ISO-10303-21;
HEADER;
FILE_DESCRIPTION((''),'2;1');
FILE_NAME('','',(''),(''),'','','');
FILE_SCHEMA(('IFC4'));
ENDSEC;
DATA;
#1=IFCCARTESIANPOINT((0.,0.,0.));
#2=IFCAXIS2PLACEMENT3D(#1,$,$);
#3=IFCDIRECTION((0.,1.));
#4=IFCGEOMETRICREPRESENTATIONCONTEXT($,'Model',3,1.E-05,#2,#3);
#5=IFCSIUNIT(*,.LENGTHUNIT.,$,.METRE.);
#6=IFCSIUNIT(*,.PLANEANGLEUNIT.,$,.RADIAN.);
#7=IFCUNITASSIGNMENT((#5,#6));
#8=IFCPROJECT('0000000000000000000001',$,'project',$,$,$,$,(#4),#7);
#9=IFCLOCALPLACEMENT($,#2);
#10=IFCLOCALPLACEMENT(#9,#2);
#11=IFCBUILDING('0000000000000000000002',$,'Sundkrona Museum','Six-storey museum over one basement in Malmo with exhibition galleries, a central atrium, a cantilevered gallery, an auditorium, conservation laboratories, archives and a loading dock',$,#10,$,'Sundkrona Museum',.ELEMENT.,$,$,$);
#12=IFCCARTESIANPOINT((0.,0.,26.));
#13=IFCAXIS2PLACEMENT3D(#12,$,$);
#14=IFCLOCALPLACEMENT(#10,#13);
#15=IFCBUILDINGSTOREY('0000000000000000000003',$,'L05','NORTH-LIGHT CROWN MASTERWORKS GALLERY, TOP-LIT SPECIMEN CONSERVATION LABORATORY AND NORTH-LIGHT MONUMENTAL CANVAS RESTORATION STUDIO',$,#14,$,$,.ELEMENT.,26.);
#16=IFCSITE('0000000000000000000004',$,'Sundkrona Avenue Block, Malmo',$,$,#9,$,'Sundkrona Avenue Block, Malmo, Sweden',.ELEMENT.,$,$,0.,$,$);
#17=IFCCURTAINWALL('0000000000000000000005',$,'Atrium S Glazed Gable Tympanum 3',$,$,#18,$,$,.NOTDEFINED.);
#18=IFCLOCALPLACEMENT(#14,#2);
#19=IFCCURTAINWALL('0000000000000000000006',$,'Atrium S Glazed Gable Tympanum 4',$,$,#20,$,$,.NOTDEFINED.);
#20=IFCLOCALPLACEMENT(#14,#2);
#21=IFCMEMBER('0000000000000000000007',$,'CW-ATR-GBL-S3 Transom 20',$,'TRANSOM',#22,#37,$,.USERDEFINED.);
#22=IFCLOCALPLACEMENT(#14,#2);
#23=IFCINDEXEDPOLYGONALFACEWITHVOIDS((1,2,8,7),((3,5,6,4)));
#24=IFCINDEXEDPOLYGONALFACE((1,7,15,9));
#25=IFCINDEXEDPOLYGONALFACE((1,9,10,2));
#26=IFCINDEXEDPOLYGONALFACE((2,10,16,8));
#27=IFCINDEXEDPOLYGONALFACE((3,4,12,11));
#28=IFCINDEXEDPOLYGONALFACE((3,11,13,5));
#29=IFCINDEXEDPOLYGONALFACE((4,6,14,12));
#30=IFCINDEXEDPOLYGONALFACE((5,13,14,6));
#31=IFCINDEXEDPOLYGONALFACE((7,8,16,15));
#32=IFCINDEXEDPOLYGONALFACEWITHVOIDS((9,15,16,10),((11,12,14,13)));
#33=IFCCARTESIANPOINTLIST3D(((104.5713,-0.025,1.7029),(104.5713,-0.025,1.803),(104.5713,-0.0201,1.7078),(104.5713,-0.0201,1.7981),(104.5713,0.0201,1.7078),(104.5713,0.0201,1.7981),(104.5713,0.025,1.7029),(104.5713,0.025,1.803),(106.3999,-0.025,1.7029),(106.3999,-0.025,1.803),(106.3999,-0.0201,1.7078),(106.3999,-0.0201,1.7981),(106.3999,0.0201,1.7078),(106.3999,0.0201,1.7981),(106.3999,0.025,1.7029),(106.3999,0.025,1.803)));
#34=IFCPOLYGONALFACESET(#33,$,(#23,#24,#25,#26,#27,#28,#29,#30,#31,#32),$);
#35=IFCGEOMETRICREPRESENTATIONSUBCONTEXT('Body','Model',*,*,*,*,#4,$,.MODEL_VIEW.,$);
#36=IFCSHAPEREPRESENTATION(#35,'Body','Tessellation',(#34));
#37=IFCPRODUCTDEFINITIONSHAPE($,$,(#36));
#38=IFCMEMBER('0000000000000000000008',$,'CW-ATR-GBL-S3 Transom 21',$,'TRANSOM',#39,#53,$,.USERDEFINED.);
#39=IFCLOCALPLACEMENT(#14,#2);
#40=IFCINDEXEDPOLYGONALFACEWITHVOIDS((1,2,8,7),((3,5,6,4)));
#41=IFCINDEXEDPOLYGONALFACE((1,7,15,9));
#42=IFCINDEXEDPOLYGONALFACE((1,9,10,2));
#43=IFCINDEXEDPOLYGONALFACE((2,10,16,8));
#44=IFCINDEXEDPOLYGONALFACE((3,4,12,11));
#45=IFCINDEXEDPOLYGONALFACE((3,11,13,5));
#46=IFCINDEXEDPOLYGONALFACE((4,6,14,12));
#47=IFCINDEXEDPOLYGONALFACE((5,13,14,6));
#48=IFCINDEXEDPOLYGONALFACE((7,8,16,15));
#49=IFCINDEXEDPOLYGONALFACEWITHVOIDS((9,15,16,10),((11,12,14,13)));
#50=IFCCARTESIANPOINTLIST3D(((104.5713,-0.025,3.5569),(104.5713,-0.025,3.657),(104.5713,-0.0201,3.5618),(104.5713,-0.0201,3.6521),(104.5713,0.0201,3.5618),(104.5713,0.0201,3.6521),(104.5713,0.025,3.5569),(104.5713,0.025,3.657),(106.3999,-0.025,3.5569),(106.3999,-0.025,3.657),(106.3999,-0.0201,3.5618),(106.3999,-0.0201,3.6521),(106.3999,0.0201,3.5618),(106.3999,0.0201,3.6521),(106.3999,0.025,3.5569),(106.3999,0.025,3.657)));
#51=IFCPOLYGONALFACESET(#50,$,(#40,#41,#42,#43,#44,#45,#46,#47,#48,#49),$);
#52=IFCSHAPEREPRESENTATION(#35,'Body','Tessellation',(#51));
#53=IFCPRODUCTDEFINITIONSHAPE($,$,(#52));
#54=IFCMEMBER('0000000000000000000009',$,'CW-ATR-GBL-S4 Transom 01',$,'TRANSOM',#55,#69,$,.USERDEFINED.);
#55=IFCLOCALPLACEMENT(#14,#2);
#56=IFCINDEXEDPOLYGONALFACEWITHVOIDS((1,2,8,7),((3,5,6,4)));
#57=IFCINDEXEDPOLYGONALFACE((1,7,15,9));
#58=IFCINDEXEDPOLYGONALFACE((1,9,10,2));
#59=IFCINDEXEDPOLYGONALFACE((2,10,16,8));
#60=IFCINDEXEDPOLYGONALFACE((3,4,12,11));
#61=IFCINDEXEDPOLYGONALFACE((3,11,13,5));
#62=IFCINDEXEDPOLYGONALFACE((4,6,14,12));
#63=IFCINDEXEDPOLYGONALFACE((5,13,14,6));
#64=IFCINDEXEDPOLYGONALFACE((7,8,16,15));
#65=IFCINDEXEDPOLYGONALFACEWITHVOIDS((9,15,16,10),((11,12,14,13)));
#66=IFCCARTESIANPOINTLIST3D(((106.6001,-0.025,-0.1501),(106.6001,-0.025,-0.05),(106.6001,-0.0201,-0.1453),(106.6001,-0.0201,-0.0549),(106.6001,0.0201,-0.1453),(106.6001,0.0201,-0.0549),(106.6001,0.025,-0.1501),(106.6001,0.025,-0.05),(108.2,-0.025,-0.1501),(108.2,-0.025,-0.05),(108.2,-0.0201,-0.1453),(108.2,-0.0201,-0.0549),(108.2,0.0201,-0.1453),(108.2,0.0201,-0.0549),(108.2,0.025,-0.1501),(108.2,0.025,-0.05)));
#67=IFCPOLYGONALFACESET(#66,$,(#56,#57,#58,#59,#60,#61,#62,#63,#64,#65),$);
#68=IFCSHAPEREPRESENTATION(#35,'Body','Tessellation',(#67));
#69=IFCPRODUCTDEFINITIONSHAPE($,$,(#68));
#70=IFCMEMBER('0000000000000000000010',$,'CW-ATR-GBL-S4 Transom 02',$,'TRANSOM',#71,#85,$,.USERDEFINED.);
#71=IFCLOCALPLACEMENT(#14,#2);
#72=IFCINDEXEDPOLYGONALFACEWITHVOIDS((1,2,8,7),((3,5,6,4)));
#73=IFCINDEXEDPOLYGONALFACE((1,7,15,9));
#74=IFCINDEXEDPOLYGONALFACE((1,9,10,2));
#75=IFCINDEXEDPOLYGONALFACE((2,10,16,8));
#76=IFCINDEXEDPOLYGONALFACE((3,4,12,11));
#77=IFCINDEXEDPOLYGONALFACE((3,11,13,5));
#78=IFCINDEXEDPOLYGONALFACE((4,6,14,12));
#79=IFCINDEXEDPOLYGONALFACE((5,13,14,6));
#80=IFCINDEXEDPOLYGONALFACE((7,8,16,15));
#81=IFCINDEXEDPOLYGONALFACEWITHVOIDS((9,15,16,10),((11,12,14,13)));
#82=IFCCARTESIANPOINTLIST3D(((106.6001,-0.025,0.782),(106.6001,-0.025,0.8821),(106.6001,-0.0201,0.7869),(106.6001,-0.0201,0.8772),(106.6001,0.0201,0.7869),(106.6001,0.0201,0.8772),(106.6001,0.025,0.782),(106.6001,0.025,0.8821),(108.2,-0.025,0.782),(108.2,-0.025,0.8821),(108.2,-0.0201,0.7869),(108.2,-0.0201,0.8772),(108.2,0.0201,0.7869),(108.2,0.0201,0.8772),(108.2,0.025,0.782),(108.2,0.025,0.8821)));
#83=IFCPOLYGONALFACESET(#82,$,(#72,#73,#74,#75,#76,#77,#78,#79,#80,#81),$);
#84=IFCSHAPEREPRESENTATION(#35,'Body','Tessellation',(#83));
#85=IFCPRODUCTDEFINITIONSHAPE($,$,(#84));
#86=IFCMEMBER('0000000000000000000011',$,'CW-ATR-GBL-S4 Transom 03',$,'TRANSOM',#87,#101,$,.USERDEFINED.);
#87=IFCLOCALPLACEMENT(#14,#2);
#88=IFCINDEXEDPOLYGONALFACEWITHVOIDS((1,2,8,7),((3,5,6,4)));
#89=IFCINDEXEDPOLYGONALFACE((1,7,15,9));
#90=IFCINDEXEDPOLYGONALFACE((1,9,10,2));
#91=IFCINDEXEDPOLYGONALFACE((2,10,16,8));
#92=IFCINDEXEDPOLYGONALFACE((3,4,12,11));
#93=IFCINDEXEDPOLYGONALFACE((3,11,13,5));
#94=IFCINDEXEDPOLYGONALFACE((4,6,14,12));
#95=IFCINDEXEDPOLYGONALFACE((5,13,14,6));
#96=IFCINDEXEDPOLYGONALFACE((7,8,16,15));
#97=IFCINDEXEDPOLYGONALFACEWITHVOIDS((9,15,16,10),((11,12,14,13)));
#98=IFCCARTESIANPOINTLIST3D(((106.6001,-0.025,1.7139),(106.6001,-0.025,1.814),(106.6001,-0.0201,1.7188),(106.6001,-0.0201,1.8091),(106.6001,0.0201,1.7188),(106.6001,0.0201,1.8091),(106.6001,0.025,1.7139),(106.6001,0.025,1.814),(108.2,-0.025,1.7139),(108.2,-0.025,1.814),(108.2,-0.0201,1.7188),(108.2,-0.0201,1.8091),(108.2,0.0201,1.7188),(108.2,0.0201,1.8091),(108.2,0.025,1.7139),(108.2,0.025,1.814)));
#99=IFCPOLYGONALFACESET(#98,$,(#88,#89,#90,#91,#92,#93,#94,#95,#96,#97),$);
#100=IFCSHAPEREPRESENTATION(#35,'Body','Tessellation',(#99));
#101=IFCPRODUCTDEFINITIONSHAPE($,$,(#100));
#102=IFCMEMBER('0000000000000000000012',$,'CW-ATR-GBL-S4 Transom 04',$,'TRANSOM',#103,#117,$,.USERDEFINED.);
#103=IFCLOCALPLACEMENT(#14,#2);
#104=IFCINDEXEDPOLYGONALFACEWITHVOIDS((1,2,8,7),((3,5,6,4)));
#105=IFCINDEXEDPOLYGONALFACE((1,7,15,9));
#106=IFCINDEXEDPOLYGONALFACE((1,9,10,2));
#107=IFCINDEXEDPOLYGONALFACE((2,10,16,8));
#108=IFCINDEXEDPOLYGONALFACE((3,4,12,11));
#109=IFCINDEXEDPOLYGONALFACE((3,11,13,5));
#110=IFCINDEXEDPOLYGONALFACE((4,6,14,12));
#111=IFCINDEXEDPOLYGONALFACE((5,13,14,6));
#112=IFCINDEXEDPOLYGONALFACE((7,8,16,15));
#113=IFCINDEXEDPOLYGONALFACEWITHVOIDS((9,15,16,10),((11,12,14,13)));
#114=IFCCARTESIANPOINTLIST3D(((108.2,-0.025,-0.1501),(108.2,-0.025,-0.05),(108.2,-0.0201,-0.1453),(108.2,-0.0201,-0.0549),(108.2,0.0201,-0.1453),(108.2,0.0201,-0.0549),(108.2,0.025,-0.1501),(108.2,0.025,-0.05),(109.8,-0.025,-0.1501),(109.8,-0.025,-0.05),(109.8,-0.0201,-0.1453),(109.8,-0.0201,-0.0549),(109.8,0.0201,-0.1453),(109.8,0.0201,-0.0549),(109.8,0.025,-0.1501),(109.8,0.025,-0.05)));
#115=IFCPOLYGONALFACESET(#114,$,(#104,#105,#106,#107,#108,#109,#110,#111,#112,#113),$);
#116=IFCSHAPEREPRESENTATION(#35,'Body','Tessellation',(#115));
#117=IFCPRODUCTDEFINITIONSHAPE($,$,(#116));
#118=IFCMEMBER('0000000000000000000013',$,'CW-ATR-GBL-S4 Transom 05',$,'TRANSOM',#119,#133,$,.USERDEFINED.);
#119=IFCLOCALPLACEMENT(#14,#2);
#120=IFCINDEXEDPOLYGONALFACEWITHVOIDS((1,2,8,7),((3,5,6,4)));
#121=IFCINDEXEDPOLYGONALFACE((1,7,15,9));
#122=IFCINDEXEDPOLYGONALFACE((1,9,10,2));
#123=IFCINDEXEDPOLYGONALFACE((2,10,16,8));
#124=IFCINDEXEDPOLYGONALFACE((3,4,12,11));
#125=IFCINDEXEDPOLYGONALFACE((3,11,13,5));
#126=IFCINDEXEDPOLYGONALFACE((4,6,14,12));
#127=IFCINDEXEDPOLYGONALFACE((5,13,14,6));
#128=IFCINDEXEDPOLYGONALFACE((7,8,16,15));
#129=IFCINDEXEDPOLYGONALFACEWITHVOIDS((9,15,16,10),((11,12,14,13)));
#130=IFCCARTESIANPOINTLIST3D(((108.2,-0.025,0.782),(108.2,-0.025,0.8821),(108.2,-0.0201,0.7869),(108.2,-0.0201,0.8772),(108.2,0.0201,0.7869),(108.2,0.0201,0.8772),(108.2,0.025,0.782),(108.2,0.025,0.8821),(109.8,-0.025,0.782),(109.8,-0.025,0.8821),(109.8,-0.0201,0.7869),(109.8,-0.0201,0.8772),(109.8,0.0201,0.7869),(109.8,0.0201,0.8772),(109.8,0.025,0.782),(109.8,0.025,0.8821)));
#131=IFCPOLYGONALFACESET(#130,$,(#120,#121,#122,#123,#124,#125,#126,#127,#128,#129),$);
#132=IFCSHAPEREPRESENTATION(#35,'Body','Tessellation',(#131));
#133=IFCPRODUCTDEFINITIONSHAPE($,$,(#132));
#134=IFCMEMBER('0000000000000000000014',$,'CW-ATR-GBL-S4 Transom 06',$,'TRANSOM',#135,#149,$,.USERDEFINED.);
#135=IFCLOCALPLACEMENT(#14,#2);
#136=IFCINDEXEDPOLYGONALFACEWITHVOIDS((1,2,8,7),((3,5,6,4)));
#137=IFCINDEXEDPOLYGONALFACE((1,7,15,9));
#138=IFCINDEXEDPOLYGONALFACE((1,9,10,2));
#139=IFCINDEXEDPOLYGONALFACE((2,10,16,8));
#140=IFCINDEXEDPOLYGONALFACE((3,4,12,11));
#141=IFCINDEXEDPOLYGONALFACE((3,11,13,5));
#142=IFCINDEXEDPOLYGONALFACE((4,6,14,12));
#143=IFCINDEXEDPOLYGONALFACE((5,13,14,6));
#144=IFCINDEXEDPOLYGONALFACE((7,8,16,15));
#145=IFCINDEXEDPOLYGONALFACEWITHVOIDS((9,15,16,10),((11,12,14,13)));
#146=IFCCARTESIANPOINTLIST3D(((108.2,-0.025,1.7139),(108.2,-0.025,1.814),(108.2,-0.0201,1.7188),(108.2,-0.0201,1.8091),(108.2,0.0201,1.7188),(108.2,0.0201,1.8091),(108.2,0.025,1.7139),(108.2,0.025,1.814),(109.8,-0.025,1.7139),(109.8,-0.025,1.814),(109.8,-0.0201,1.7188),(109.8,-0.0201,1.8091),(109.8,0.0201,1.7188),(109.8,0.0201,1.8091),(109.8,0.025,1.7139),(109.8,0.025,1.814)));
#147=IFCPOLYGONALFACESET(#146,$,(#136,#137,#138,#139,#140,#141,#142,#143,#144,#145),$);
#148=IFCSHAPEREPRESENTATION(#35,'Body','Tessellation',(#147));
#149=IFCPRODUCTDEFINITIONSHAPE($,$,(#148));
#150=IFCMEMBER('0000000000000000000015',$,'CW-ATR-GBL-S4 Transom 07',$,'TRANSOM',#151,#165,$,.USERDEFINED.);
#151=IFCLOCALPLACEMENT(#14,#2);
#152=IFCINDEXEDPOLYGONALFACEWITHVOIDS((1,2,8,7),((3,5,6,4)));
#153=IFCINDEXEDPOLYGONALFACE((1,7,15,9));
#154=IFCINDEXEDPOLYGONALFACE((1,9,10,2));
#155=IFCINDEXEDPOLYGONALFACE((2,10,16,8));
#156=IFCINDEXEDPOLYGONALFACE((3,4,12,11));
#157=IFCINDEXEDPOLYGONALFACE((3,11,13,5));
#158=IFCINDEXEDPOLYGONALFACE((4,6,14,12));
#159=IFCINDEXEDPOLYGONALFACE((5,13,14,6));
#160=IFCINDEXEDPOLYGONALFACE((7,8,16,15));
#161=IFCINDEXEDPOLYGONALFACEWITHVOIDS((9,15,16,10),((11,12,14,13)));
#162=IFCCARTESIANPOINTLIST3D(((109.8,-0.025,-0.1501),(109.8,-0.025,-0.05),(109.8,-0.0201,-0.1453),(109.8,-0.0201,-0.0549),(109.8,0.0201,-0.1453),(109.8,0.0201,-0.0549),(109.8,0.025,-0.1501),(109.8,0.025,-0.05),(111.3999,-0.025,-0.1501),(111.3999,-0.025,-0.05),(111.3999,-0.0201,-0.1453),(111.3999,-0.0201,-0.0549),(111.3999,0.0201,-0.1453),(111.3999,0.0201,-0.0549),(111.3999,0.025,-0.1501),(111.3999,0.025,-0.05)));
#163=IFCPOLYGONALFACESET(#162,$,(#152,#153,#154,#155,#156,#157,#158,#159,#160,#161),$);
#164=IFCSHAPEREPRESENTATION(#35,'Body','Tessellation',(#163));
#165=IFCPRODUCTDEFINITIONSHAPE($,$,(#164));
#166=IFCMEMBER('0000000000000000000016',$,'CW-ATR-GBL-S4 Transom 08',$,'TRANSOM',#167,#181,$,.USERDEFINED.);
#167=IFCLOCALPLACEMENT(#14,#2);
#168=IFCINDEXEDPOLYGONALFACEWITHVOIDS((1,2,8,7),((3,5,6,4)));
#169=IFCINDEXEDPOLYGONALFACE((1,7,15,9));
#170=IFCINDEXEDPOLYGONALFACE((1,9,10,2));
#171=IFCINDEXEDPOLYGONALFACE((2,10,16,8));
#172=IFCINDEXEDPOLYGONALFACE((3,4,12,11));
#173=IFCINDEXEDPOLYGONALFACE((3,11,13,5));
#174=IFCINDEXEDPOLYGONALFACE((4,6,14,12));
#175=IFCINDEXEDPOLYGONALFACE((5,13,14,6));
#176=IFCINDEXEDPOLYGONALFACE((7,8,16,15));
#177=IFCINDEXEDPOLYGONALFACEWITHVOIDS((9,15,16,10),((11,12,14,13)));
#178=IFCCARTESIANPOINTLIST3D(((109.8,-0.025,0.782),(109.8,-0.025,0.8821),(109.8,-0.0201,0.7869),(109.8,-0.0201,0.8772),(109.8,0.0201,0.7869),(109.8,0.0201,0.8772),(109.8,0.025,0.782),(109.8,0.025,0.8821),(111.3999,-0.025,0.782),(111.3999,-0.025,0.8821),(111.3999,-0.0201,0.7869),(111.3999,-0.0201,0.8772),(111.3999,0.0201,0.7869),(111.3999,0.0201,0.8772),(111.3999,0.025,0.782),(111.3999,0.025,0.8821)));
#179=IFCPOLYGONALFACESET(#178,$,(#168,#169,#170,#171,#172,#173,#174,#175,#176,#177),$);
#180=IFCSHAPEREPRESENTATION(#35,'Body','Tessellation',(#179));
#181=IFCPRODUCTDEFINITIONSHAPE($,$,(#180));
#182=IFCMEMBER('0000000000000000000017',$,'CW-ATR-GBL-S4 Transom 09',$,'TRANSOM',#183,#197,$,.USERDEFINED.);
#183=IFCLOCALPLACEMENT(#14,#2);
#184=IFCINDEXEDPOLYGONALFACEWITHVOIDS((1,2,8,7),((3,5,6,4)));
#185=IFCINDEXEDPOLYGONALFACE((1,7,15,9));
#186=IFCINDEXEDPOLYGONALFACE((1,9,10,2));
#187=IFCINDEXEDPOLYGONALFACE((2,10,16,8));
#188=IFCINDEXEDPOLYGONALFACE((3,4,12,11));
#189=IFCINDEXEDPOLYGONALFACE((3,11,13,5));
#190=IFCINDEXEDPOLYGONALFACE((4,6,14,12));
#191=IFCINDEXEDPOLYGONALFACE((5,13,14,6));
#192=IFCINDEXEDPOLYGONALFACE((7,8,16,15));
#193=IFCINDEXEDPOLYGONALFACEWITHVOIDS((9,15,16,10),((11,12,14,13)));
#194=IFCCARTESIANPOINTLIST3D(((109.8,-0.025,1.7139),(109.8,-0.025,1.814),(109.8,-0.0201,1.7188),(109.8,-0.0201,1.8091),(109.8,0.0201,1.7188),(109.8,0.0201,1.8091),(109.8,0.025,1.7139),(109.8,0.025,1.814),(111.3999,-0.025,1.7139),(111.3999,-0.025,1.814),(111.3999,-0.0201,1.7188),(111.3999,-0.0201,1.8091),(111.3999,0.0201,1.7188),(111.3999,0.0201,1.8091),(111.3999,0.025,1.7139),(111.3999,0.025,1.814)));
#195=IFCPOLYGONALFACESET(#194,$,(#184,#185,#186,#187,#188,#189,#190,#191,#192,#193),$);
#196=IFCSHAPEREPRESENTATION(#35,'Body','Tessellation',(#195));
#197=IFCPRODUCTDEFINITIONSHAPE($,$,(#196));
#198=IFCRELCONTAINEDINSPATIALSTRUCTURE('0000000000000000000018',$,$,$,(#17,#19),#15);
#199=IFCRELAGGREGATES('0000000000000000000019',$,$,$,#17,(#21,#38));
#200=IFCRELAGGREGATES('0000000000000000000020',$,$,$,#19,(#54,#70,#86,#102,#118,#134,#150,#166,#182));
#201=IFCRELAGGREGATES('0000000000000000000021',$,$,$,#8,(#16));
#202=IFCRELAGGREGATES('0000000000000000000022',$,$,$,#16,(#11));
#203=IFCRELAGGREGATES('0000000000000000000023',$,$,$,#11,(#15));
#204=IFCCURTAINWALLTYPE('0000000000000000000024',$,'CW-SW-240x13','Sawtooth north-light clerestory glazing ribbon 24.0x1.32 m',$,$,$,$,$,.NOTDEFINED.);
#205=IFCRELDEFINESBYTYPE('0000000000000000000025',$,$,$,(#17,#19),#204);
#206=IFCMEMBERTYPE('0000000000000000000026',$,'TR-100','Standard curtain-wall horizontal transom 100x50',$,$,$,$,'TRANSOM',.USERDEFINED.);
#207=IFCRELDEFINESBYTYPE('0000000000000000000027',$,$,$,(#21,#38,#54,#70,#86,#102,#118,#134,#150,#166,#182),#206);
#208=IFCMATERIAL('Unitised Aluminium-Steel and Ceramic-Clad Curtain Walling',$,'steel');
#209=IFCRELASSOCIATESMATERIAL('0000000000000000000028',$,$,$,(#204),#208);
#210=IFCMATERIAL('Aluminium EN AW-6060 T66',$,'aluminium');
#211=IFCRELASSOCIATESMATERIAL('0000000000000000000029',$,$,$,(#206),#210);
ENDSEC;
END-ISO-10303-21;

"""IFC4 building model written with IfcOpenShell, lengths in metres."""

from ifc_helpers import new_model, si_unit, direction, frame, origin, origin_2d, place, context, subcontext, project, spatial, hollow_rectangle, extrude, material, material_profile, profile_set, type_object, element, aggregate, save


model = new_model("IFC4")

# Units and contexts
model_context = context("Model", 3, precision=1e-05, world=origin(), true_north=direction((0.0, 1.0)))
body_context = subcontext(model_context, "Body", "Model", "MODEL_VIEW")
ifc_project = project(units=[si_unit("LENGTHUNIT", "METRE"), si_unit("PLANEANGLEUNIT", "RADIAN")], contexts=[model_context])

# Site, building, storey
site_placement = place(None, origin())
site = spatial("IfcSite", under=ifc_project, at=site_placement, Name="Sundkrona Avenue Block, Malmo", LongName="Sundkrona Avenue Block, Malmo, Sweden", CompositionType="ELEMENT", RefElevation=0.0)
building_placement = place(site_placement, origin())
building = spatial("IfcBuilding", under=site, at=building_placement, Name="Sundkrona Museum", Description="Six-storey museum over one basement in Malmo with exhibition galleries, a central atrium, a cantilevered gallery, an auditorium, conservation laboratories, archives and a loading dock", LongName="Sundkrona Museum", CompositionType="ELEMENT")
storey_placement = place(building_placement, frame((0.0, 0.0, 26.0)))
storey = spatial("IfcBuildingStorey", under=building, at=storey_placement, Name="L05", Description="NORTH-LIGHT CROWN MASTERWORKS GALLERY, TOP-LIT SPECIMEN CONSERVATION LABORATORY AND NORTH-LIGHT MONUMENTAL CANVAS RESTORATION STUDIO", CompositionType="ELEMENT", Elevation=26.0)

# Curtain wall
ifc_material_1 = material(Name="Unitised Aluminium-Steel and Ceramic-Clad Curtain Walling", Category="steel")
curtain_wall_type = type_object("IfcCurtainWallType", Name="CW-SW-240x13", Description="Sawtooth north-light clerestory glazing ribbon 24.0x1.32 m", PredefinedType="NOTDEFINED", material=ifc_material_1)
curtain_wall_1_placement = place(storey_placement, origin())
curtain_wall_1 = element("IfcCurtainWall", 1, at=curtain_wall_1_placement, inside=storey, type_object=curtain_wall_type, Name="Atrium S Glazed Gable Tympanum 3", PredefinedType="NOTDEFINED")
ifc_material_2 = material(Name="Aluminium EN AW-6060 T66", Category="aluminium")

# Curtain wall
curtain_wall_2_placement = place(storey_placement, origin())
curtain_wall_2 = element("IfcCurtainWall", 2, at=curtain_wall_2_placement, inside=storey, type_object=curtain_wall_type, Name="Atrium S Glazed Gable Tympanum 4", PredefinedType="NOTDEFINED")

# Members
ifc_material_profile_1 = material_profile(ifc_material_2, hollow_rectangle(XDim=0.05, YDim=0.1001, WallThickness=0.0049, at=origin_2d()), Name="RHS 100x50x5.0")
ifc_profile_set_1 = profile_set([ifc_material_profile_1], Name="Aluminium EN AW-6060 T66")
member_type_1 = type_object("IfcMemberType", Name="TR-100", Description="Standard curtain-wall horizontal transom 100x50", ElementType="TRANSOM", PredefinedType="USERDEFINED", material=ifc_profile_set_1)
member_1_placement = place(storey_placement, frame((104.5713, 0.0, 1.7529), z_axis=(1.0, 0.0, 0.0), x_axis=(0.0, 1.0, 0.0)))
member_1 = element("IfcMember", 3, at=member_1_placement, type_object=member_type_1, Name="CW-ATR-GBL-S3 Transom 20", ObjectType="TRANSOM", PredefinedType="USERDEFINED", context=body_context, shape_type="SweptSolid", body=[
    extrude(hollow_rectangle(XDim=0.05, YDim=0.1001, WallThickness=0.0049, at=origin_2d()), origin(), (0.0, 0.0, 1.0), 1.8286),
])
member_2_placement = place(storey_placement, frame((104.5713, 0.0, 3.6069), z_axis=(1.0, 0.0, 0.0), x_axis=(0.0, 1.0, 0.0)))
member_2 = element("IfcMember", 4, at=member_2_placement, type_object=member_type_1, Name="CW-ATR-GBL-S3 Transom 21", ObjectType="TRANSOM", PredefinedType="USERDEFINED", context=body_context, shape_type="SweptSolid", body=[
    extrude(hollow_rectangle(XDim=0.05, YDim=0.1001, WallThickness=0.0049, at=origin_2d()), origin(), (0.0, 0.0, 1.0), 1.8286),
])
member_3_placement = place(storey_placement, frame((106.6001, 0.0, -0.1001), z_axis=(1.0, 0.0, 0.0), x_axis=(0.0, 1.0, 0.0)))
member_3 = element("IfcMember", 5, at=member_3_placement, type_object=member_type_1, Name="CW-ATR-GBL-S4 Transom 01", ObjectType="TRANSOM", PredefinedType="USERDEFINED", context=body_context, shape_type="SweptSolid", body=[
    extrude(hollow_rectangle(XDim=0.05, YDim=0.1001, WallThickness=0.0049, at=origin_2d()), origin(), (0.0, 0.0, 1.0), 1.5999),
])
member_4_placement = place(storey_placement, frame((106.6001, 0.0, 0.832), z_axis=(1.0, 0.0, 0.0), x_axis=(0.0, 1.0, 0.0)))
member_4 = element("IfcMember", 6, at=member_4_placement, type_object=member_type_1, Name="CW-ATR-GBL-S4 Transom 02", ObjectType="TRANSOM", PredefinedType="USERDEFINED", context=body_context, shape_type="SweptSolid", body=[
    extrude(hollow_rectangle(XDim=0.05, YDim=0.1001, WallThickness=0.0049, at=origin_2d()), origin(), (0.0, 0.0, 1.0), 1.5999),
])
member_5_placement = place(storey_placement, frame((106.6001, 0.0, 1.7639), z_axis=(1.0, 0.0, 0.0), x_axis=(0.0, 1.0, 0.0)))
member_5 = element("IfcMember", 7, at=member_5_placement, type_object=member_type_1, Name="CW-ATR-GBL-S4 Transom 03", ObjectType="TRANSOM", PredefinedType="USERDEFINED", context=body_context, shape_type="SweptSolid", body=[
    extrude(hollow_rectangle(XDim=0.05, YDim=0.1001, WallThickness=0.0049, at=origin_2d()), origin(), (0.0, 0.0, 1.0), 1.5999),
])
member_6_placement = place(storey_placement, frame((108.2, 0.0, -0.1001), z_axis=(1.0, 0.0, 0.0), x_axis=(0.0, 1.0, 0.0)))
member_6 = element("IfcMember", 8, at=member_6_placement, type_object=member_type_1, Name="CW-ATR-GBL-S4 Transom 04", ObjectType="TRANSOM", PredefinedType="USERDEFINED", context=body_context, shape_type="SweptSolid", body=[
    extrude(hollow_rectangle(XDim=0.05, YDim=0.1001, WallThickness=0.0049, at=origin_2d()), origin(), (0.0, 0.0, 1.0), 1.6001),
])
member_7_placement = place(storey_placement, frame((108.2, 0.0, 0.832), z_axis=(1.0, 0.0, 0.0), x_axis=(0.0, 1.0, 0.0)))
member_7 = element("IfcMember", 9, at=member_7_placement, type_object=member_type_1, Name="CW-ATR-GBL-S4 Transom 05", ObjectType="TRANSOM", PredefinedType="USERDEFINED", context=body_context, shape_type="SweptSolid", body=[
    extrude(hollow_rectangle(XDim=0.05, YDim=0.1001, WallThickness=0.0049, at=origin_2d()), origin(), (0.0, 0.0, 1.0), 1.6001),
])
member_8_placement = place(storey_placement, frame((108.2, 0.0, 1.7639), z_axis=(1.0, 0.0, 0.0), x_axis=(0.0, 1.0, 0.0)))
member_8 = element("IfcMember", 10, at=member_8_placement, type_object=member_type_1, Name="CW-ATR-GBL-S4 Transom 06", ObjectType="TRANSOM", PredefinedType="USERDEFINED", context=body_context, shape_type="SweptSolid", body=[
    extrude(hollow_rectangle(XDim=0.05, YDim=0.1001, WallThickness=0.0049, at=origin_2d()), origin(), (0.0, 0.0, 1.0), 1.6001),
])
member_9_placement = place(storey_placement, frame((109.8, 0.0, -0.1001), z_axis=(1.0, 0.0, 0.0), x_axis=(0.0, 1.0, 0.0)))
member_9 = element("IfcMember", 11, at=member_9_placement, type_object=member_type_1, Name="CW-ATR-GBL-S4 Transom 07", ObjectType="TRANSOM", PredefinedType="USERDEFINED", context=body_context, shape_type="SweptSolid", body=[
    extrude(hollow_rectangle(XDim=0.05, YDim=0.1001, WallThickness=0.0049, at=origin_2d()), origin(), (0.0, 0.0, 1.0), 1.5999),
])
member_10_placement = place(storey_placement, frame((109.8, 0.0, 0.832), z_axis=(1.0, 0.0, 0.0), x_axis=(0.0, 1.0, 0.0)))
member_10 = element("IfcMember", 12, at=member_10_placement, type_object=member_type_1, Name="CW-ATR-GBL-S4 Transom 08", ObjectType="TRANSOM", PredefinedType="USERDEFINED", context=body_context, shape_type="SweptSolid", body=[
    extrude(hollow_rectangle(XDim=0.05, YDim=0.1001, WallThickness=0.0049, at=origin_2d()), origin(), (0.0, 0.0, 1.0), 1.5999),
])
member_11_placement = place(storey_placement, frame((109.8, 0.0, 1.7639), z_axis=(1.0, 0.0, 0.0), x_axis=(0.0, 1.0, 0.0)))
member_11 = element("IfcMember", 13, at=member_11_placement, type_object=member_type_1, Name="CW-ATR-GBL-S4 Transom 09", ObjectType="TRANSOM", PredefinedType="USERDEFINED", context=body_context, shape_type="SweptSolid", body=[
    extrude(hollow_rectangle(XDim=0.05, YDim=0.1001, WallThickness=0.0049, at=origin_2d()), origin(), (0.0, 0.0, 1.0), 1.5999),
])

aggregate(curtain_wall_1, [member_1, member_2])
aggregate(curtain_wall_2, [member_3, member_4, member_5, member_6, member_7, member_8, member_9, member_10, member_11])

save(model, "model.ifc")
